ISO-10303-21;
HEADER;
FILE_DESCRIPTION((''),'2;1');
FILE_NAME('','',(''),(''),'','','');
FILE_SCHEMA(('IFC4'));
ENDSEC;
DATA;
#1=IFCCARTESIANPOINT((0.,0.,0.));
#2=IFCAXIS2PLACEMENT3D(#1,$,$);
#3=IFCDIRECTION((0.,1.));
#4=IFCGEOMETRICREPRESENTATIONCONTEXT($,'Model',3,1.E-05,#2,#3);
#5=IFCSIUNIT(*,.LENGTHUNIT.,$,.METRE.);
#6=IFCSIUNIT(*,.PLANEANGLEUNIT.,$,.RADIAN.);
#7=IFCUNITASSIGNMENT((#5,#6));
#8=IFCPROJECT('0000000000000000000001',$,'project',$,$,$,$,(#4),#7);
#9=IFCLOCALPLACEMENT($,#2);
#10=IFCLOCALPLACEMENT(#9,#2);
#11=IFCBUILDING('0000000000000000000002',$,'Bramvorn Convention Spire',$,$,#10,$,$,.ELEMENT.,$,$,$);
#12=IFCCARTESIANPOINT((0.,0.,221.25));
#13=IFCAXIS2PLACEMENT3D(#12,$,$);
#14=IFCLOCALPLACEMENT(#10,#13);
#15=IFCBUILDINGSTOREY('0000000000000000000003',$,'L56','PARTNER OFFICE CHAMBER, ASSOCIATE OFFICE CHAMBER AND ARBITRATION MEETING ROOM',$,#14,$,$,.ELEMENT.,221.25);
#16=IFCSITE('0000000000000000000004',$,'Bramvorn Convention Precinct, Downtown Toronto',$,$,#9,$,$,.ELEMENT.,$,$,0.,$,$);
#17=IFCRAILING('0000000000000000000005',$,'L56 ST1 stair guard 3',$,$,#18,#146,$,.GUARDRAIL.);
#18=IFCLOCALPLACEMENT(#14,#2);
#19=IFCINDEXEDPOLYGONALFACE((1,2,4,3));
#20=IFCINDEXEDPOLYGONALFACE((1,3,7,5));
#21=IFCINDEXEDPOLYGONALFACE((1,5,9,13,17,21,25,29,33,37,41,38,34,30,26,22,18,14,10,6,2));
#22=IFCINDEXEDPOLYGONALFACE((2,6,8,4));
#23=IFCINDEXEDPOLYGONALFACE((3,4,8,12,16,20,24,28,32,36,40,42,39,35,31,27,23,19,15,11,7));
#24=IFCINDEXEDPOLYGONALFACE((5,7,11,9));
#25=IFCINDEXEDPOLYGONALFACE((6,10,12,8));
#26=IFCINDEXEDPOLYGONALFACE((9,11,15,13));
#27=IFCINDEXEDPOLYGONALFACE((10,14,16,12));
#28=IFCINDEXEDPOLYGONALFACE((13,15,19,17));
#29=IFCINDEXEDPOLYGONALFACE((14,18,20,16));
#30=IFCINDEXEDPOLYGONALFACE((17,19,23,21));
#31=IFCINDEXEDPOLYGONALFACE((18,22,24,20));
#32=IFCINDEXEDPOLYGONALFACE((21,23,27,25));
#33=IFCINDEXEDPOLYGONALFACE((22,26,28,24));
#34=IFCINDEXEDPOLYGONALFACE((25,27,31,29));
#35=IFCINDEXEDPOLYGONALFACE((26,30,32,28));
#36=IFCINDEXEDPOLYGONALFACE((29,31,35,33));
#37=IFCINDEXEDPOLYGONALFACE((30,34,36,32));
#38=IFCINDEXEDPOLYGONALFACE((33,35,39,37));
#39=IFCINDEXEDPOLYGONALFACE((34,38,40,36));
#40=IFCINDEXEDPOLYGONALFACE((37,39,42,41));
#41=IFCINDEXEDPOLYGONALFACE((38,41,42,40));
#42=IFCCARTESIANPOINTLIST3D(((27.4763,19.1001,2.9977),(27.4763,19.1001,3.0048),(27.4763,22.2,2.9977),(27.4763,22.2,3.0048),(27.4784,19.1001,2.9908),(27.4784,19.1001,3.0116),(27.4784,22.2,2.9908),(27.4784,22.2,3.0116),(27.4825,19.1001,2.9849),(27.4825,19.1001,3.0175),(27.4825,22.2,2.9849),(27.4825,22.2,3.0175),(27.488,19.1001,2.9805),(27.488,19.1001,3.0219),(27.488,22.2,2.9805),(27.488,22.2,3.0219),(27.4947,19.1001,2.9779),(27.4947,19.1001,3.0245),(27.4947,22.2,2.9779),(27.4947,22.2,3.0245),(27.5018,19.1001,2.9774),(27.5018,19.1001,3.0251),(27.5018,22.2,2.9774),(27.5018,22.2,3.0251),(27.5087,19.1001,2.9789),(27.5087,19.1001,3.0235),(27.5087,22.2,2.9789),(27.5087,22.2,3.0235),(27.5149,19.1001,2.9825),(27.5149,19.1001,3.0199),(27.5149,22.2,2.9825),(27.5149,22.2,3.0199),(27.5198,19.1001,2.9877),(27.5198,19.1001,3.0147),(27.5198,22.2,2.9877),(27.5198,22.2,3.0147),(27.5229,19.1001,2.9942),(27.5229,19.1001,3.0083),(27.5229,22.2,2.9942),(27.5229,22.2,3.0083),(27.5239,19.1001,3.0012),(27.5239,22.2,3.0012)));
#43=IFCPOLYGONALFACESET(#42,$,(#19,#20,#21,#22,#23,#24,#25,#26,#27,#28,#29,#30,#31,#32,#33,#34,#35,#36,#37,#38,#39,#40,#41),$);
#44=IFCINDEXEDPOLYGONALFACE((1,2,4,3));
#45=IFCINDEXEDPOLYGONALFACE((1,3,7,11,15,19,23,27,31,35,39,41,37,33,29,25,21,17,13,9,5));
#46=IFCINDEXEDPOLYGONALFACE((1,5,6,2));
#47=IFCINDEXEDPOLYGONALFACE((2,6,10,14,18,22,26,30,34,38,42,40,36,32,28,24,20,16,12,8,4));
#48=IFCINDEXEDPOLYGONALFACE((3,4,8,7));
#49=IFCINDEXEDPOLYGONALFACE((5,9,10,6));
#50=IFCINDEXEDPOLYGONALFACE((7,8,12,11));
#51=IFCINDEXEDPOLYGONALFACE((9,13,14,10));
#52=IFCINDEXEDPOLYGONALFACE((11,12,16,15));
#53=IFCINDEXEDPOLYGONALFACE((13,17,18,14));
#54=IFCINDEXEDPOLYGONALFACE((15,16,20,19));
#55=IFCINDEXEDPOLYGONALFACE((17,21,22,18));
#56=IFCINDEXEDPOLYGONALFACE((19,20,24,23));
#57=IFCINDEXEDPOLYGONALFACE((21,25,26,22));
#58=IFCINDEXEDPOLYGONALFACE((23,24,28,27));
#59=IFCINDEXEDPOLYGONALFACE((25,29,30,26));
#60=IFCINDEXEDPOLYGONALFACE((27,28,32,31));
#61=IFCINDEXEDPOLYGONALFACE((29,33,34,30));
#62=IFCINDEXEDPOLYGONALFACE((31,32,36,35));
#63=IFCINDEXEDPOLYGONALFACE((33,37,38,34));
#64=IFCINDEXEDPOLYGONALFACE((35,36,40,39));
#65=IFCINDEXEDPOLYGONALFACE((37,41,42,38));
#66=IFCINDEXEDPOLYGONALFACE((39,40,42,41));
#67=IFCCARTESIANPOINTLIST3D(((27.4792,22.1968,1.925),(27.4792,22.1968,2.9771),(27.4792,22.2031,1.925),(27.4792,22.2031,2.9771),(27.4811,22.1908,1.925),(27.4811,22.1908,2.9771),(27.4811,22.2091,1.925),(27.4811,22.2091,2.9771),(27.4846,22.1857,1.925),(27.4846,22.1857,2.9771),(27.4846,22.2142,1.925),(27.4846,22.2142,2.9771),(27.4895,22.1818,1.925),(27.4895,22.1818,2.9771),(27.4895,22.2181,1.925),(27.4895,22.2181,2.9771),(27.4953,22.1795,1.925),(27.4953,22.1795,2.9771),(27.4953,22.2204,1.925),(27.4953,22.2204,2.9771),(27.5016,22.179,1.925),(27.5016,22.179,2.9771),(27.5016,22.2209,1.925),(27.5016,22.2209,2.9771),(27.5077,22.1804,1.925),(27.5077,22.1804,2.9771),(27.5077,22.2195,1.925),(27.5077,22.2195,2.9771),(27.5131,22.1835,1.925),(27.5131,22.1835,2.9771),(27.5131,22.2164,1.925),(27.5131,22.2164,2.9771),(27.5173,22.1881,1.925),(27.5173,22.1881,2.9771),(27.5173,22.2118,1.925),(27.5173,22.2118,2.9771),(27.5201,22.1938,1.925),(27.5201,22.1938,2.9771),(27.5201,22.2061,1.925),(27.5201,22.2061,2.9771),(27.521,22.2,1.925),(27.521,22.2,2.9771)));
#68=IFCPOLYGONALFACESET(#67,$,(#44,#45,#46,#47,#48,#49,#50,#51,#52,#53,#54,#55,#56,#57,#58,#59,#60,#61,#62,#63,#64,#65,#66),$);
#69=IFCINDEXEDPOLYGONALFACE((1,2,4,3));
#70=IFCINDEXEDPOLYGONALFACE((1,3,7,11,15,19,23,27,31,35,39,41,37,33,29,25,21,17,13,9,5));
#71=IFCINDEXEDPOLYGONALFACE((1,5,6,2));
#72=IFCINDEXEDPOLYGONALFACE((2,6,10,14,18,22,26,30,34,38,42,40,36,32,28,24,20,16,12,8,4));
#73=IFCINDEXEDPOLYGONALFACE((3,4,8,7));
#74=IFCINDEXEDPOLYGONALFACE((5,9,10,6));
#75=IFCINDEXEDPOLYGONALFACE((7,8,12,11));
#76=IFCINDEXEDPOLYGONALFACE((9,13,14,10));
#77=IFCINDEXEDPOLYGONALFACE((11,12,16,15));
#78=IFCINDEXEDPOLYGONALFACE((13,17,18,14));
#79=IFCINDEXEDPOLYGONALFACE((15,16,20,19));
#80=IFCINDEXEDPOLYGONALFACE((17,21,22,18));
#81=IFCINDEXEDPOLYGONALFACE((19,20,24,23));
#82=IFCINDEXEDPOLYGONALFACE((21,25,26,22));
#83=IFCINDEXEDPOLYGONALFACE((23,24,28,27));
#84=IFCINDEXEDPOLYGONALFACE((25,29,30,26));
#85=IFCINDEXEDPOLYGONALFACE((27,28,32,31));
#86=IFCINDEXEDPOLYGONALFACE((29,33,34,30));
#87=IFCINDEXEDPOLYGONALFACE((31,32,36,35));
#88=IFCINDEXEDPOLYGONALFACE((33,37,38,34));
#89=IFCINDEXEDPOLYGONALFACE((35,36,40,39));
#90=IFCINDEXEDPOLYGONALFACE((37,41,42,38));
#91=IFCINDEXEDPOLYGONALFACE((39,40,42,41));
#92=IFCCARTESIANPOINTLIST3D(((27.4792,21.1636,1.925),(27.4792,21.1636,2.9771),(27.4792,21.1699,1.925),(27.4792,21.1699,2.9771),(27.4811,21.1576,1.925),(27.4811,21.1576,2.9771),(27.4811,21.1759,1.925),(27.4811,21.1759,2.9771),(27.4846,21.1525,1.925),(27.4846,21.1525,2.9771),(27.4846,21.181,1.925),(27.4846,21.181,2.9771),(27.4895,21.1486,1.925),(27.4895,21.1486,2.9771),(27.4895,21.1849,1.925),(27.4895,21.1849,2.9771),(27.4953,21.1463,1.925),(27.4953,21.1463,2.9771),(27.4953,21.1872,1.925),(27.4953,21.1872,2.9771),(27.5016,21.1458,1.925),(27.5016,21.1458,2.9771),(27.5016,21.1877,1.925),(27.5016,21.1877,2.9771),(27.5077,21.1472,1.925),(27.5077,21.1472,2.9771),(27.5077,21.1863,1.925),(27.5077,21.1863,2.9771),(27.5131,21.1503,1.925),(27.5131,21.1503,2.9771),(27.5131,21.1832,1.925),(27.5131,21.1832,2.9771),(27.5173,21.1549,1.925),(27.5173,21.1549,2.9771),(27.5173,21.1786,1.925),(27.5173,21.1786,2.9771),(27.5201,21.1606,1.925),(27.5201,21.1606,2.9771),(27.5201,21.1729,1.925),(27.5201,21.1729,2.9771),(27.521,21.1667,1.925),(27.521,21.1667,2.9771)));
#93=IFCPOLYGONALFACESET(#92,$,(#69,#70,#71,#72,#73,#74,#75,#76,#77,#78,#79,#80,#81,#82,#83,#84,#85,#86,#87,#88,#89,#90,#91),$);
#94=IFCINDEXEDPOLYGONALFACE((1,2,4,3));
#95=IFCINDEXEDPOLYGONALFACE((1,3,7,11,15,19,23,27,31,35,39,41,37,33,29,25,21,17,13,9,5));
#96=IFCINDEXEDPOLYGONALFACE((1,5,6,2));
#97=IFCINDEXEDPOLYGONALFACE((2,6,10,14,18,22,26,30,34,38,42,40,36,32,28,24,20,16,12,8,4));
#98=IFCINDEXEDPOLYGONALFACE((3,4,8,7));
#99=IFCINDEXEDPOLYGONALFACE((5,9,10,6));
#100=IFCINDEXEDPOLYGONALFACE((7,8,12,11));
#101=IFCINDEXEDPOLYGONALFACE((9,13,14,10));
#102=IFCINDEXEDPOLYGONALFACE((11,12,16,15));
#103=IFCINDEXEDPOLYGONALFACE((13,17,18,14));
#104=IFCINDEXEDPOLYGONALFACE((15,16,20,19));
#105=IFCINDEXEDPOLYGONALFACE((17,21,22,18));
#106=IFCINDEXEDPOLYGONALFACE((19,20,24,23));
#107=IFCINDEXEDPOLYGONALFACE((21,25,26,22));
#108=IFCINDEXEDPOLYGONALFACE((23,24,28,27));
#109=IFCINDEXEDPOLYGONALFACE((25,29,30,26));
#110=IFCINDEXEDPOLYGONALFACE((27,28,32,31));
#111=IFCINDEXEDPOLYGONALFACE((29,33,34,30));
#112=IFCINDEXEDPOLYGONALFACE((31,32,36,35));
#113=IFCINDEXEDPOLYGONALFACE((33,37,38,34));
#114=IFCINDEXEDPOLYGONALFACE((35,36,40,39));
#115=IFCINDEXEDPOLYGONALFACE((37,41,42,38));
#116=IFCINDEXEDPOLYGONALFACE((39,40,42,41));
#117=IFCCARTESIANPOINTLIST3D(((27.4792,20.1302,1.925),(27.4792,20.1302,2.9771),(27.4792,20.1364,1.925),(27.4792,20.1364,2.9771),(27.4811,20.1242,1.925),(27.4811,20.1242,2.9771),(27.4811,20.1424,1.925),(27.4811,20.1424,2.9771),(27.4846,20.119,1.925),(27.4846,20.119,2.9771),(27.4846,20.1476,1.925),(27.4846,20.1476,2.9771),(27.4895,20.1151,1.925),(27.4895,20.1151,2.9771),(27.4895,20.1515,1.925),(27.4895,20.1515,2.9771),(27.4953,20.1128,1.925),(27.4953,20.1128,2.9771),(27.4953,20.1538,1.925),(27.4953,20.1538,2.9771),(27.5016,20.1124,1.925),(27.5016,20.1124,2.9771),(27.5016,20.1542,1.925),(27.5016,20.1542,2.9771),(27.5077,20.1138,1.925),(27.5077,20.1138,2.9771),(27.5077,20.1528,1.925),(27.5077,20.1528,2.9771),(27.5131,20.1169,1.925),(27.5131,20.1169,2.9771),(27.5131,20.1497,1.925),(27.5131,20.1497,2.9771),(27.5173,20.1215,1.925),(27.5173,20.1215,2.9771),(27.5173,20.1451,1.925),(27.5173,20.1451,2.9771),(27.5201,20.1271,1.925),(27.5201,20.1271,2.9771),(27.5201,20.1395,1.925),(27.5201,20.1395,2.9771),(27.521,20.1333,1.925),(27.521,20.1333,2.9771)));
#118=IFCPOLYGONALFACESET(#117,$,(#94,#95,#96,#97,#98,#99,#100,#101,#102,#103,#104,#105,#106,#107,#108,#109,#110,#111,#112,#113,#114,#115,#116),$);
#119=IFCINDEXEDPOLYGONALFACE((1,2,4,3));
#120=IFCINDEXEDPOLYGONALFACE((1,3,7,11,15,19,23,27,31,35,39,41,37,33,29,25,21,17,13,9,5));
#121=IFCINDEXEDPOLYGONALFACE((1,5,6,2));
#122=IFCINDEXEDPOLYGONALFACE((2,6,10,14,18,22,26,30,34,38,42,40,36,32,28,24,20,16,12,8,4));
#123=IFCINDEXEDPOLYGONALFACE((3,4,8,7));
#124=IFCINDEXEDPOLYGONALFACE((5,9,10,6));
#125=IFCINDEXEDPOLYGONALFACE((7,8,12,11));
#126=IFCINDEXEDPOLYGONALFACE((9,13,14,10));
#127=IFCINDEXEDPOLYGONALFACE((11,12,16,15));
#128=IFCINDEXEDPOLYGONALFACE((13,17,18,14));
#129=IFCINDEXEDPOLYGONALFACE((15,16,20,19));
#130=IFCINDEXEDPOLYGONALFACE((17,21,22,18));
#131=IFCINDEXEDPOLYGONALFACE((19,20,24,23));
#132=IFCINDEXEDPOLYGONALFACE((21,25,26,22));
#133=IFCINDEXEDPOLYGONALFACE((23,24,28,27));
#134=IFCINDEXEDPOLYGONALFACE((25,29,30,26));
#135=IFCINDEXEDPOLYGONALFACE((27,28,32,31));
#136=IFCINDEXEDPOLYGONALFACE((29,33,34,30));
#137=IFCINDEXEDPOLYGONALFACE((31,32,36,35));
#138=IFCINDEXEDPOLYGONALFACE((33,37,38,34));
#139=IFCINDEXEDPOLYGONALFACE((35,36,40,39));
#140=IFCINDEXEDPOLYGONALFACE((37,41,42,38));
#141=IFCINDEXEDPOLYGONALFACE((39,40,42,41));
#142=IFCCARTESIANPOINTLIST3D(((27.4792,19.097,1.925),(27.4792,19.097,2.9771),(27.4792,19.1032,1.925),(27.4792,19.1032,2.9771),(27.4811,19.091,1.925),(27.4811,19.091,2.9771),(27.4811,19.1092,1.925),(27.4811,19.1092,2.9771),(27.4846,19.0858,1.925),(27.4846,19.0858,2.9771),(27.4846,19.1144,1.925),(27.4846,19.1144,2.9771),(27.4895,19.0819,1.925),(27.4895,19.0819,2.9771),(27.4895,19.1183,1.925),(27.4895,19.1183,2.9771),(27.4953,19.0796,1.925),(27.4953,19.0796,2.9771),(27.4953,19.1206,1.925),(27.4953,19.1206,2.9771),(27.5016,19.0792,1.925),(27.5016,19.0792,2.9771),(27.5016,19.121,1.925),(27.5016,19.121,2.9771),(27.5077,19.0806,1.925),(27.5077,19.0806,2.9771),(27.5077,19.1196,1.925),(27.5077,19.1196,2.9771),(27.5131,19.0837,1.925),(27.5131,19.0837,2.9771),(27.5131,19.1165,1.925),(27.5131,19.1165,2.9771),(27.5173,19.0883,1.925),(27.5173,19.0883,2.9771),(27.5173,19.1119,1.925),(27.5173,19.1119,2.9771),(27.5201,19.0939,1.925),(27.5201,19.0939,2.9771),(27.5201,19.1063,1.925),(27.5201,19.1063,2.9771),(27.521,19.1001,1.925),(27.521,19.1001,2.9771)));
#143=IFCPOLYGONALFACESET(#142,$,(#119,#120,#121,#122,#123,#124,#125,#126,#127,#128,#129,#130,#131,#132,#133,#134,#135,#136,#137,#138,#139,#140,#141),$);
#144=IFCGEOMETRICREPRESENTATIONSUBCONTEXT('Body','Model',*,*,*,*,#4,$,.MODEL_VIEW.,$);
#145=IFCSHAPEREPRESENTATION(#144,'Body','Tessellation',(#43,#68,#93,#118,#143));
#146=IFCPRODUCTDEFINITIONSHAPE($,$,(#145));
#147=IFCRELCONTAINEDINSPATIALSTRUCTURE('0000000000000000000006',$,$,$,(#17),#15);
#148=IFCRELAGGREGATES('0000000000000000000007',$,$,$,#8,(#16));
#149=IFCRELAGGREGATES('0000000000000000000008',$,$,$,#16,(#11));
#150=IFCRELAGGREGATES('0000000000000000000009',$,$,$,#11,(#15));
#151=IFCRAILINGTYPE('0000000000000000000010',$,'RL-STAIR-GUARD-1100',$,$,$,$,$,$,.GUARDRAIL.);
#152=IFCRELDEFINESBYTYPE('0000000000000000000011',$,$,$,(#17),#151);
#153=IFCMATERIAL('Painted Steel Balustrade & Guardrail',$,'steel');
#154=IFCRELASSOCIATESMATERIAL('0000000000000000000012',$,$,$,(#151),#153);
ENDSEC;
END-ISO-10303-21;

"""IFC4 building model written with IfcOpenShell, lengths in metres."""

from ifc_helpers import new_model, si_unit, direction, frame, origin, origin_2d, place, context, subcontext, project, spatial, circle, extrude, material, type_object, element, save


model = new_model("IFC4")

# Units and contexts
model_context = context("Model", 3, precision=1e-05, world=origin(), true_north=direction((0.0, 1.0)))
body_context = subcontext(model_context, "Body", "Model", "MODEL_VIEW")
ifc_project = project(units=[si_unit("LENGTHUNIT", "METRE"), si_unit("PLANEANGLEUNIT", "RADIAN")], contexts=[model_context])

# Site, building, storey
site_placement = place(None, origin())
site = spatial("IfcSite", under=ifc_project, at=site_placement, Name="Bramvorn Convention Precinct, Downtown Toronto", CompositionType="ELEMENT", RefElevation=0.0)
building_placement = place(site_placement, origin())
building = spatial("IfcBuilding", under=site, at=building_placement, Name="Bramvorn Convention Spire", CompositionType="ELEMENT")
storey_placement = place(building_placement, frame((0.0, 0.0, 221.25)))
storey = spatial("IfcBuildingStorey", under=building, at=storey_placement, Name="L56", Description="PARTNER OFFICE CHAMBER, ASSOCIATE OFFICE CHAMBER AND ARBITRATION MEETING ROOM", CompositionType="ELEMENT", Elevation=221.25)

# Railing
ifc_material_1 = material(Name="Painted Steel Balustrade & Guardrail", Category="steel")
railing_type_1 = type_object("IfcRailingType", Name="RL-STAIR-GUARD-1100", PredefinedType="GUARDRAIL", material=ifc_material_1)
for number, where, name in (
    (1, (27.5, 22.2, 1.925), "L56 ST1 stair guard 3"),
):
    element("IfcRailing", number, at=place(storey_placement, frame(where)), inside=storey, type_object=railing_type_1, Name=name, PredefinedType="GUARDRAIL", context=body_context, shape_type="SweptSolid", body=[
        extrude(circle(Radius=0.0239, at=origin_2d()), frame((0.0, 0.0, 1.0762), z_axis=(0.0, -1.0, 0.0), x_axis=(1.0, 0.0, 0.0)), (0.0, 0.0, 1.0), 3.0999),
        extrude(circle(Radius=0.021, at=origin_2d()), origin(), (0.0, 0.0, 1.0), 1.052),
        extrude(circle(Radius=0.021, at=origin_2d()), frame((0.0, -1.0332, 0.0)), (0.0, 0.0, 1.0), 1.052),
        extrude(circle(Radius=0.021, at=origin_2d()), frame((0.0, -2.0667, 0.0)), (0.0, 0.0, 1.0), 1.052),
        extrude(circle(Radius=0.021, at=origin_2d()), frame((0.0, -3.0999, 0.0)), (0.0, 0.0, 1.0), 1.052),
    ])

save(model, "model.ifc")
